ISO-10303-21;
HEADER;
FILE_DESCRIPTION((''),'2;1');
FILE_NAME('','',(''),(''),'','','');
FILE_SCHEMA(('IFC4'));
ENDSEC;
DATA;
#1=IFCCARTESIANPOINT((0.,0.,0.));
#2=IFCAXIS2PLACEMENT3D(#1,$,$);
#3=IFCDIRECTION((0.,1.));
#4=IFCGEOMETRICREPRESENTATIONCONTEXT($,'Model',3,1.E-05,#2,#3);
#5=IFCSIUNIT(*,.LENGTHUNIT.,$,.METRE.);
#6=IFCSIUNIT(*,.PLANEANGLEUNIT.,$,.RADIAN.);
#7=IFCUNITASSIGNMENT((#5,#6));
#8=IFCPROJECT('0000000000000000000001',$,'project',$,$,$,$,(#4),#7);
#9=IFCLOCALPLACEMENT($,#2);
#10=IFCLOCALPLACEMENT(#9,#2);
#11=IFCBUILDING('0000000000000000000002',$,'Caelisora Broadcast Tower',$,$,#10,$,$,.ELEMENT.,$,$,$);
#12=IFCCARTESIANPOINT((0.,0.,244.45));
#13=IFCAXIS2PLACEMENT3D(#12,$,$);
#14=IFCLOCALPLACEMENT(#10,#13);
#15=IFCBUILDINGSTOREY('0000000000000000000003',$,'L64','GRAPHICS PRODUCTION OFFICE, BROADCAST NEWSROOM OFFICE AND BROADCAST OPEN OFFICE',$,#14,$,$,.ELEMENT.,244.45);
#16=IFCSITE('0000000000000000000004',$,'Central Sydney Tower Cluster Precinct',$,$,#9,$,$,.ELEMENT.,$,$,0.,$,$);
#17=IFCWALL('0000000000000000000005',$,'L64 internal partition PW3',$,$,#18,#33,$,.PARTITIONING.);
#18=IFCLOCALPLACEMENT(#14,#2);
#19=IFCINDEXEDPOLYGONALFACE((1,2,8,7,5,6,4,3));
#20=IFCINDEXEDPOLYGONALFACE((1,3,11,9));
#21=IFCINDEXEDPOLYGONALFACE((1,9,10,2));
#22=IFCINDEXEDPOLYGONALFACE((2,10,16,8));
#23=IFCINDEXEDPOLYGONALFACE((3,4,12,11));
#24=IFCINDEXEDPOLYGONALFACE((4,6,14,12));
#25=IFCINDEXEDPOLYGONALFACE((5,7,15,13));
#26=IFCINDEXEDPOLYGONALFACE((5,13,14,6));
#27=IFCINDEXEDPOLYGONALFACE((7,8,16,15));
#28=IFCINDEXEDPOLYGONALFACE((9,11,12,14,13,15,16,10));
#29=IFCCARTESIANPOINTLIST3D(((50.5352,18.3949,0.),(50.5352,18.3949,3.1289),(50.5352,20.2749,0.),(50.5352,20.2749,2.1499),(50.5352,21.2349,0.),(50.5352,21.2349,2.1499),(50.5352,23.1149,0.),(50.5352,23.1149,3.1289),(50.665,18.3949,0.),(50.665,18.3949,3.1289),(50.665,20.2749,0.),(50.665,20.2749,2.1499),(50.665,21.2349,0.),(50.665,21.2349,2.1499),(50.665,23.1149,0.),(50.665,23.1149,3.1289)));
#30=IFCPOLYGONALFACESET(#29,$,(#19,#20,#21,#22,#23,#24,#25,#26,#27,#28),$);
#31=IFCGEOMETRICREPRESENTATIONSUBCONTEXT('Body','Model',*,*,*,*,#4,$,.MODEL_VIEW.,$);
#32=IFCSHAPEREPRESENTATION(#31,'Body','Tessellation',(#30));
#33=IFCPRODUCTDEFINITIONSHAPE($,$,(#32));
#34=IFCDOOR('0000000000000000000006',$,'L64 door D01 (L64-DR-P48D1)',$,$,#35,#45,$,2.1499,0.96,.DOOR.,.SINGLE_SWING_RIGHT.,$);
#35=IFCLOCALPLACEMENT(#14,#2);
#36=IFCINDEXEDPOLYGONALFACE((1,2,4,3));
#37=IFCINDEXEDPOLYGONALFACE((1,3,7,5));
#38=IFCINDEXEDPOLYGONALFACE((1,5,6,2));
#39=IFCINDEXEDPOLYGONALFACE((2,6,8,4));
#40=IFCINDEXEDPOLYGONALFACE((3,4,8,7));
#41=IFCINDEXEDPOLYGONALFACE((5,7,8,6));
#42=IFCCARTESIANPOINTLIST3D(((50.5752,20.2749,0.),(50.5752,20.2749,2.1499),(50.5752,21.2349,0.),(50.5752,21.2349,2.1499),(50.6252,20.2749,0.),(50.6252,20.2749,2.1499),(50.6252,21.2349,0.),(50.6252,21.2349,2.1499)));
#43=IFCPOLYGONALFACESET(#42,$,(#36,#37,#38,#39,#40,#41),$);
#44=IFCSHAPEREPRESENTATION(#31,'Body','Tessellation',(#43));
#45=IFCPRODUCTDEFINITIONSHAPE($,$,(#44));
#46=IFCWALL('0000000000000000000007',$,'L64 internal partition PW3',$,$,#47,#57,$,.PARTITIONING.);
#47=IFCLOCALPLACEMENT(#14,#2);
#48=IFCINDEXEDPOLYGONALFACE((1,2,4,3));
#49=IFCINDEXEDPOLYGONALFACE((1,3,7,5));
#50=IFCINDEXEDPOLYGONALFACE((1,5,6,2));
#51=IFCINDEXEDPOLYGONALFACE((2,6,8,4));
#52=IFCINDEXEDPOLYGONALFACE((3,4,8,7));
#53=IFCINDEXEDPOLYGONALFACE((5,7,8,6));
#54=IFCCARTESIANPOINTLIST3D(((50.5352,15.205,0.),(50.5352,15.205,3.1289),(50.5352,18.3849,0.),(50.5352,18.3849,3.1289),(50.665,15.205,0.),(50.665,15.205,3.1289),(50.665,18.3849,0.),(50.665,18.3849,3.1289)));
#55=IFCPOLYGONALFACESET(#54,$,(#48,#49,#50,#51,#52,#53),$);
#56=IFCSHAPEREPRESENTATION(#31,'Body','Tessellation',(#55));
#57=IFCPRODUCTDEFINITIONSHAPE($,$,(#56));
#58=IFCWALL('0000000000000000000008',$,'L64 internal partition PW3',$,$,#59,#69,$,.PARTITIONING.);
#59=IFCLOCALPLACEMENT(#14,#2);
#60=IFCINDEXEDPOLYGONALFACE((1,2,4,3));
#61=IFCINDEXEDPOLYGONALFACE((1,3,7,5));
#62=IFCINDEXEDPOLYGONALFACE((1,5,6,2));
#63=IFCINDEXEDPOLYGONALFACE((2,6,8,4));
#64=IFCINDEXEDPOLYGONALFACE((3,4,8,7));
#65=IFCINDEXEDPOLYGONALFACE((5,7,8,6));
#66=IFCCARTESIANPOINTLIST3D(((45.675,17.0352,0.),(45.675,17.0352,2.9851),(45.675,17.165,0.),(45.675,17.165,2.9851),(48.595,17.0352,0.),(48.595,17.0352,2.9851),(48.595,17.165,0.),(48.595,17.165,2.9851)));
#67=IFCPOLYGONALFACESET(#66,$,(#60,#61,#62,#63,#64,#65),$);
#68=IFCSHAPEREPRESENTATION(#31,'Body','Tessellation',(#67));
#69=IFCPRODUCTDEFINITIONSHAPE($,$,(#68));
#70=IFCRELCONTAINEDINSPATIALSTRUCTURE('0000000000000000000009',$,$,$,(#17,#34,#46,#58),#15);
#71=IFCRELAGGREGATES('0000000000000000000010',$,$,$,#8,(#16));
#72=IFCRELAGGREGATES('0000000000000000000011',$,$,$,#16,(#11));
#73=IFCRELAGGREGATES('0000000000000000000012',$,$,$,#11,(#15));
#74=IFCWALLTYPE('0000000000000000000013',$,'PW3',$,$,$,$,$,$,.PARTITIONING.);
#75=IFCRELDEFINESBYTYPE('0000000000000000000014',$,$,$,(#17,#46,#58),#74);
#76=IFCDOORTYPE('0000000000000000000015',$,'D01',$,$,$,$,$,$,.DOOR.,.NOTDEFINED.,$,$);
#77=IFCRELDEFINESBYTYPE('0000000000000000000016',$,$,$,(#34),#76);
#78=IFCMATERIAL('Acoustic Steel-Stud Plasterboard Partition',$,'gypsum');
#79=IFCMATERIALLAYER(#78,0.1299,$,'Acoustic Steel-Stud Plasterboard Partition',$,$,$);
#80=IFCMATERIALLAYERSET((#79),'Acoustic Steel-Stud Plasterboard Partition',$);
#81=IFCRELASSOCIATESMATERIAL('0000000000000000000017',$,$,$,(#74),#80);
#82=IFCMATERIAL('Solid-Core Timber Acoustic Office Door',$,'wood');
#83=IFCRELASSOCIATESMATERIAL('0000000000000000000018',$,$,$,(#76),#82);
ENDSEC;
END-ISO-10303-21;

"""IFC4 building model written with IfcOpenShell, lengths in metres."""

from ifc_helpers import new_model, si_unit, direction, frame, frame_2d, origin, place, context, subcontext, project, spatial, rectangle, extrude, material, layer, layer_set, type_object, element, fill, save


model = new_model("IFC4")

# Units and contexts
model_context = context("Model", 3, precision=1e-05, world=origin(), true_north=direction((0.0, 1.0)))
body_context = subcontext(model_context, "Body", "Model", "MODEL_VIEW")
ifc_project = project(units=[si_unit("LENGTHUNIT", "METRE"), si_unit("PLANEANGLEUNIT", "RADIAN")], contexts=[model_context])

# Site, building, storey
site_placement = place(None, origin())
site = spatial("IfcSite", under=ifc_project, at=site_placement, Name="Central Sydney Tower Cluster Precinct", CompositionType="ELEMENT", RefElevation=0.0)
building_placement = place(site_placement, origin())
building = spatial("IfcBuilding", under=site, at=building_placement, Name="Caelisora Broadcast Tower", CompositionType="ELEMENT")
storey_placement = place(building_placement, frame((0.0, 0.0, 244.45)))
storey = spatial("IfcBuildingStorey", under=building, at=storey_placement, Name="L64", Description="GRAPHICS PRODUCTION OFFICE, BROADCAST NEWSROOM OFFICE AND BROADCAST OPEN OFFICE", CompositionType="ELEMENT", Elevation=244.45)

# Shared definitions
ifc_material_1 = material(Name="Acoustic Steel-Stud Plasterboard Partition", Category="gypsum")
ifc_layer_1 = layer(ifc_material_1, 0.1299, Name="Acoustic Steel-Stud Plasterboard Partition")
ifc_layer_set_1 = layer_set([ifc_layer_1], Name="Acoustic Steel-Stud Plasterboard Partition")
wall_type = type_object("IfcWallType", Name="PW3", PredefinedType="PARTITIONING", material=ifc_layer_set_1)

# Wall, opening, door
ifc_material_2 = material(Name="Solid-Core Timber Acoustic Office Door", Category="wood")
door_type = type_object("IfcDoorType", Name="D01", OperationType="NOTDEFINED", PredefinedType="DOOR", material=ifc_material_2)
wall_1_placement = place(storey_placement, frame((50.6001, 18.395, 0.0), z_axis=(0.0, 0.0, 1.0), x_axis=(0.0, 1.0, 0.0)))
wall_1 = element("IfcWall", 1, at=wall_1_placement, inside=storey, type_object=wall_type, Name="L64 internal partition PW3", PredefinedType="PARTITIONING", context=body_context, shape_type="SweptSolid", body=[
    extrude(rectangle(XDim=4.72, YDim=0.1299, at=frame_2d((2.3599, 0.0))), origin(), (0.0, 0.0, 1.0), 3.1289),
])
opening_1_placement = place(wall_1_placement, frame((1.8799, 0.0, 0.0)))
opening_1 = element("IfcOpeningElement", 2, at=opening_1_placement, cuts=wall_1, PredefinedType="OPENING", context=body_context, shape_type="SweptSolid", body=[
    extrude(rectangle(XDim=0.96, YDim=2.1499, at=frame_2d((0.48, 1.075))), frame((0.0, 0.0769, 0.0), z_axis=(0.0, -1.0, 0.0), x_axis=(1.0, 0.0, 0.0)), (0.0, 0.0, 1.0), 0.1538),
])
door_1_placement = place(opening_1_placement, origin())
door_1 = element("IfcDoor", 3, at=door_1_placement, inside=storey, type_object=door_type, Name="L64 door D01 (L64-DR-P48D1)", OperationType="SINGLE_SWING_RIGHT", OverallHeight=2.1499, OverallWidth=0.96, PredefinedType="DOOR", context=body_context, shape_type="SweptSolid", body=[
    extrude(rectangle(XDim=0.96, YDim=2.1499, at=frame_2d((0.48, 1.075))), frame((0.0, 0.0249, 0.0), z_axis=(0.0, -1.0, 0.0), x_axis=(1.0, 0.0, 0.0)), (0.0, 0.0, 1.0), 0.05),
])
fill(opening_1, door_1)

# Walls
wall_2_placement = place(storey_placement, frame((50.6001, 15.2051, 0.0), z_axis=(0.0, 0.0, 1.0), x_axis=(0.0, 1.0, 0.0)))
element("IfcWall", 4, at=wall_2_placement, inside=storey, type_object=wall_type, Name="L64 internal partition PW3", PredefinedType="PARTITIONING", context=body_context, shape_type="SweptSolid", body=[
    extrude(rectangle(XDim=3.1799, YDim=0.1299, at=frame_2d((1.5898, 0.0))), origin(), (0.0, 0.0, 1.0), 3.1289),
])
wall_3_placement = place(storey_placement, frame((45.675, 17.1001, 0.0), z_axis=(0.0, 0.0, 1.0), x_axis=(1.0, 0.0, 0.0)))
element("IfcWall", 5, at=wall_3_placement, inside=storey, type_object=wall_type, Name="L64 internal partition PW3", PredefinedType="PARTITIONING", context=body_context, shape_type="SweptSolid", body=[
    extrude(rectangle(XDim=2.9199, YDim=0.1299, at=frame_2d((1.46, 0.0))), origin(), (0.0, 0.0, 1.0), 2.9851),
])

save(model, "model.ifc")
